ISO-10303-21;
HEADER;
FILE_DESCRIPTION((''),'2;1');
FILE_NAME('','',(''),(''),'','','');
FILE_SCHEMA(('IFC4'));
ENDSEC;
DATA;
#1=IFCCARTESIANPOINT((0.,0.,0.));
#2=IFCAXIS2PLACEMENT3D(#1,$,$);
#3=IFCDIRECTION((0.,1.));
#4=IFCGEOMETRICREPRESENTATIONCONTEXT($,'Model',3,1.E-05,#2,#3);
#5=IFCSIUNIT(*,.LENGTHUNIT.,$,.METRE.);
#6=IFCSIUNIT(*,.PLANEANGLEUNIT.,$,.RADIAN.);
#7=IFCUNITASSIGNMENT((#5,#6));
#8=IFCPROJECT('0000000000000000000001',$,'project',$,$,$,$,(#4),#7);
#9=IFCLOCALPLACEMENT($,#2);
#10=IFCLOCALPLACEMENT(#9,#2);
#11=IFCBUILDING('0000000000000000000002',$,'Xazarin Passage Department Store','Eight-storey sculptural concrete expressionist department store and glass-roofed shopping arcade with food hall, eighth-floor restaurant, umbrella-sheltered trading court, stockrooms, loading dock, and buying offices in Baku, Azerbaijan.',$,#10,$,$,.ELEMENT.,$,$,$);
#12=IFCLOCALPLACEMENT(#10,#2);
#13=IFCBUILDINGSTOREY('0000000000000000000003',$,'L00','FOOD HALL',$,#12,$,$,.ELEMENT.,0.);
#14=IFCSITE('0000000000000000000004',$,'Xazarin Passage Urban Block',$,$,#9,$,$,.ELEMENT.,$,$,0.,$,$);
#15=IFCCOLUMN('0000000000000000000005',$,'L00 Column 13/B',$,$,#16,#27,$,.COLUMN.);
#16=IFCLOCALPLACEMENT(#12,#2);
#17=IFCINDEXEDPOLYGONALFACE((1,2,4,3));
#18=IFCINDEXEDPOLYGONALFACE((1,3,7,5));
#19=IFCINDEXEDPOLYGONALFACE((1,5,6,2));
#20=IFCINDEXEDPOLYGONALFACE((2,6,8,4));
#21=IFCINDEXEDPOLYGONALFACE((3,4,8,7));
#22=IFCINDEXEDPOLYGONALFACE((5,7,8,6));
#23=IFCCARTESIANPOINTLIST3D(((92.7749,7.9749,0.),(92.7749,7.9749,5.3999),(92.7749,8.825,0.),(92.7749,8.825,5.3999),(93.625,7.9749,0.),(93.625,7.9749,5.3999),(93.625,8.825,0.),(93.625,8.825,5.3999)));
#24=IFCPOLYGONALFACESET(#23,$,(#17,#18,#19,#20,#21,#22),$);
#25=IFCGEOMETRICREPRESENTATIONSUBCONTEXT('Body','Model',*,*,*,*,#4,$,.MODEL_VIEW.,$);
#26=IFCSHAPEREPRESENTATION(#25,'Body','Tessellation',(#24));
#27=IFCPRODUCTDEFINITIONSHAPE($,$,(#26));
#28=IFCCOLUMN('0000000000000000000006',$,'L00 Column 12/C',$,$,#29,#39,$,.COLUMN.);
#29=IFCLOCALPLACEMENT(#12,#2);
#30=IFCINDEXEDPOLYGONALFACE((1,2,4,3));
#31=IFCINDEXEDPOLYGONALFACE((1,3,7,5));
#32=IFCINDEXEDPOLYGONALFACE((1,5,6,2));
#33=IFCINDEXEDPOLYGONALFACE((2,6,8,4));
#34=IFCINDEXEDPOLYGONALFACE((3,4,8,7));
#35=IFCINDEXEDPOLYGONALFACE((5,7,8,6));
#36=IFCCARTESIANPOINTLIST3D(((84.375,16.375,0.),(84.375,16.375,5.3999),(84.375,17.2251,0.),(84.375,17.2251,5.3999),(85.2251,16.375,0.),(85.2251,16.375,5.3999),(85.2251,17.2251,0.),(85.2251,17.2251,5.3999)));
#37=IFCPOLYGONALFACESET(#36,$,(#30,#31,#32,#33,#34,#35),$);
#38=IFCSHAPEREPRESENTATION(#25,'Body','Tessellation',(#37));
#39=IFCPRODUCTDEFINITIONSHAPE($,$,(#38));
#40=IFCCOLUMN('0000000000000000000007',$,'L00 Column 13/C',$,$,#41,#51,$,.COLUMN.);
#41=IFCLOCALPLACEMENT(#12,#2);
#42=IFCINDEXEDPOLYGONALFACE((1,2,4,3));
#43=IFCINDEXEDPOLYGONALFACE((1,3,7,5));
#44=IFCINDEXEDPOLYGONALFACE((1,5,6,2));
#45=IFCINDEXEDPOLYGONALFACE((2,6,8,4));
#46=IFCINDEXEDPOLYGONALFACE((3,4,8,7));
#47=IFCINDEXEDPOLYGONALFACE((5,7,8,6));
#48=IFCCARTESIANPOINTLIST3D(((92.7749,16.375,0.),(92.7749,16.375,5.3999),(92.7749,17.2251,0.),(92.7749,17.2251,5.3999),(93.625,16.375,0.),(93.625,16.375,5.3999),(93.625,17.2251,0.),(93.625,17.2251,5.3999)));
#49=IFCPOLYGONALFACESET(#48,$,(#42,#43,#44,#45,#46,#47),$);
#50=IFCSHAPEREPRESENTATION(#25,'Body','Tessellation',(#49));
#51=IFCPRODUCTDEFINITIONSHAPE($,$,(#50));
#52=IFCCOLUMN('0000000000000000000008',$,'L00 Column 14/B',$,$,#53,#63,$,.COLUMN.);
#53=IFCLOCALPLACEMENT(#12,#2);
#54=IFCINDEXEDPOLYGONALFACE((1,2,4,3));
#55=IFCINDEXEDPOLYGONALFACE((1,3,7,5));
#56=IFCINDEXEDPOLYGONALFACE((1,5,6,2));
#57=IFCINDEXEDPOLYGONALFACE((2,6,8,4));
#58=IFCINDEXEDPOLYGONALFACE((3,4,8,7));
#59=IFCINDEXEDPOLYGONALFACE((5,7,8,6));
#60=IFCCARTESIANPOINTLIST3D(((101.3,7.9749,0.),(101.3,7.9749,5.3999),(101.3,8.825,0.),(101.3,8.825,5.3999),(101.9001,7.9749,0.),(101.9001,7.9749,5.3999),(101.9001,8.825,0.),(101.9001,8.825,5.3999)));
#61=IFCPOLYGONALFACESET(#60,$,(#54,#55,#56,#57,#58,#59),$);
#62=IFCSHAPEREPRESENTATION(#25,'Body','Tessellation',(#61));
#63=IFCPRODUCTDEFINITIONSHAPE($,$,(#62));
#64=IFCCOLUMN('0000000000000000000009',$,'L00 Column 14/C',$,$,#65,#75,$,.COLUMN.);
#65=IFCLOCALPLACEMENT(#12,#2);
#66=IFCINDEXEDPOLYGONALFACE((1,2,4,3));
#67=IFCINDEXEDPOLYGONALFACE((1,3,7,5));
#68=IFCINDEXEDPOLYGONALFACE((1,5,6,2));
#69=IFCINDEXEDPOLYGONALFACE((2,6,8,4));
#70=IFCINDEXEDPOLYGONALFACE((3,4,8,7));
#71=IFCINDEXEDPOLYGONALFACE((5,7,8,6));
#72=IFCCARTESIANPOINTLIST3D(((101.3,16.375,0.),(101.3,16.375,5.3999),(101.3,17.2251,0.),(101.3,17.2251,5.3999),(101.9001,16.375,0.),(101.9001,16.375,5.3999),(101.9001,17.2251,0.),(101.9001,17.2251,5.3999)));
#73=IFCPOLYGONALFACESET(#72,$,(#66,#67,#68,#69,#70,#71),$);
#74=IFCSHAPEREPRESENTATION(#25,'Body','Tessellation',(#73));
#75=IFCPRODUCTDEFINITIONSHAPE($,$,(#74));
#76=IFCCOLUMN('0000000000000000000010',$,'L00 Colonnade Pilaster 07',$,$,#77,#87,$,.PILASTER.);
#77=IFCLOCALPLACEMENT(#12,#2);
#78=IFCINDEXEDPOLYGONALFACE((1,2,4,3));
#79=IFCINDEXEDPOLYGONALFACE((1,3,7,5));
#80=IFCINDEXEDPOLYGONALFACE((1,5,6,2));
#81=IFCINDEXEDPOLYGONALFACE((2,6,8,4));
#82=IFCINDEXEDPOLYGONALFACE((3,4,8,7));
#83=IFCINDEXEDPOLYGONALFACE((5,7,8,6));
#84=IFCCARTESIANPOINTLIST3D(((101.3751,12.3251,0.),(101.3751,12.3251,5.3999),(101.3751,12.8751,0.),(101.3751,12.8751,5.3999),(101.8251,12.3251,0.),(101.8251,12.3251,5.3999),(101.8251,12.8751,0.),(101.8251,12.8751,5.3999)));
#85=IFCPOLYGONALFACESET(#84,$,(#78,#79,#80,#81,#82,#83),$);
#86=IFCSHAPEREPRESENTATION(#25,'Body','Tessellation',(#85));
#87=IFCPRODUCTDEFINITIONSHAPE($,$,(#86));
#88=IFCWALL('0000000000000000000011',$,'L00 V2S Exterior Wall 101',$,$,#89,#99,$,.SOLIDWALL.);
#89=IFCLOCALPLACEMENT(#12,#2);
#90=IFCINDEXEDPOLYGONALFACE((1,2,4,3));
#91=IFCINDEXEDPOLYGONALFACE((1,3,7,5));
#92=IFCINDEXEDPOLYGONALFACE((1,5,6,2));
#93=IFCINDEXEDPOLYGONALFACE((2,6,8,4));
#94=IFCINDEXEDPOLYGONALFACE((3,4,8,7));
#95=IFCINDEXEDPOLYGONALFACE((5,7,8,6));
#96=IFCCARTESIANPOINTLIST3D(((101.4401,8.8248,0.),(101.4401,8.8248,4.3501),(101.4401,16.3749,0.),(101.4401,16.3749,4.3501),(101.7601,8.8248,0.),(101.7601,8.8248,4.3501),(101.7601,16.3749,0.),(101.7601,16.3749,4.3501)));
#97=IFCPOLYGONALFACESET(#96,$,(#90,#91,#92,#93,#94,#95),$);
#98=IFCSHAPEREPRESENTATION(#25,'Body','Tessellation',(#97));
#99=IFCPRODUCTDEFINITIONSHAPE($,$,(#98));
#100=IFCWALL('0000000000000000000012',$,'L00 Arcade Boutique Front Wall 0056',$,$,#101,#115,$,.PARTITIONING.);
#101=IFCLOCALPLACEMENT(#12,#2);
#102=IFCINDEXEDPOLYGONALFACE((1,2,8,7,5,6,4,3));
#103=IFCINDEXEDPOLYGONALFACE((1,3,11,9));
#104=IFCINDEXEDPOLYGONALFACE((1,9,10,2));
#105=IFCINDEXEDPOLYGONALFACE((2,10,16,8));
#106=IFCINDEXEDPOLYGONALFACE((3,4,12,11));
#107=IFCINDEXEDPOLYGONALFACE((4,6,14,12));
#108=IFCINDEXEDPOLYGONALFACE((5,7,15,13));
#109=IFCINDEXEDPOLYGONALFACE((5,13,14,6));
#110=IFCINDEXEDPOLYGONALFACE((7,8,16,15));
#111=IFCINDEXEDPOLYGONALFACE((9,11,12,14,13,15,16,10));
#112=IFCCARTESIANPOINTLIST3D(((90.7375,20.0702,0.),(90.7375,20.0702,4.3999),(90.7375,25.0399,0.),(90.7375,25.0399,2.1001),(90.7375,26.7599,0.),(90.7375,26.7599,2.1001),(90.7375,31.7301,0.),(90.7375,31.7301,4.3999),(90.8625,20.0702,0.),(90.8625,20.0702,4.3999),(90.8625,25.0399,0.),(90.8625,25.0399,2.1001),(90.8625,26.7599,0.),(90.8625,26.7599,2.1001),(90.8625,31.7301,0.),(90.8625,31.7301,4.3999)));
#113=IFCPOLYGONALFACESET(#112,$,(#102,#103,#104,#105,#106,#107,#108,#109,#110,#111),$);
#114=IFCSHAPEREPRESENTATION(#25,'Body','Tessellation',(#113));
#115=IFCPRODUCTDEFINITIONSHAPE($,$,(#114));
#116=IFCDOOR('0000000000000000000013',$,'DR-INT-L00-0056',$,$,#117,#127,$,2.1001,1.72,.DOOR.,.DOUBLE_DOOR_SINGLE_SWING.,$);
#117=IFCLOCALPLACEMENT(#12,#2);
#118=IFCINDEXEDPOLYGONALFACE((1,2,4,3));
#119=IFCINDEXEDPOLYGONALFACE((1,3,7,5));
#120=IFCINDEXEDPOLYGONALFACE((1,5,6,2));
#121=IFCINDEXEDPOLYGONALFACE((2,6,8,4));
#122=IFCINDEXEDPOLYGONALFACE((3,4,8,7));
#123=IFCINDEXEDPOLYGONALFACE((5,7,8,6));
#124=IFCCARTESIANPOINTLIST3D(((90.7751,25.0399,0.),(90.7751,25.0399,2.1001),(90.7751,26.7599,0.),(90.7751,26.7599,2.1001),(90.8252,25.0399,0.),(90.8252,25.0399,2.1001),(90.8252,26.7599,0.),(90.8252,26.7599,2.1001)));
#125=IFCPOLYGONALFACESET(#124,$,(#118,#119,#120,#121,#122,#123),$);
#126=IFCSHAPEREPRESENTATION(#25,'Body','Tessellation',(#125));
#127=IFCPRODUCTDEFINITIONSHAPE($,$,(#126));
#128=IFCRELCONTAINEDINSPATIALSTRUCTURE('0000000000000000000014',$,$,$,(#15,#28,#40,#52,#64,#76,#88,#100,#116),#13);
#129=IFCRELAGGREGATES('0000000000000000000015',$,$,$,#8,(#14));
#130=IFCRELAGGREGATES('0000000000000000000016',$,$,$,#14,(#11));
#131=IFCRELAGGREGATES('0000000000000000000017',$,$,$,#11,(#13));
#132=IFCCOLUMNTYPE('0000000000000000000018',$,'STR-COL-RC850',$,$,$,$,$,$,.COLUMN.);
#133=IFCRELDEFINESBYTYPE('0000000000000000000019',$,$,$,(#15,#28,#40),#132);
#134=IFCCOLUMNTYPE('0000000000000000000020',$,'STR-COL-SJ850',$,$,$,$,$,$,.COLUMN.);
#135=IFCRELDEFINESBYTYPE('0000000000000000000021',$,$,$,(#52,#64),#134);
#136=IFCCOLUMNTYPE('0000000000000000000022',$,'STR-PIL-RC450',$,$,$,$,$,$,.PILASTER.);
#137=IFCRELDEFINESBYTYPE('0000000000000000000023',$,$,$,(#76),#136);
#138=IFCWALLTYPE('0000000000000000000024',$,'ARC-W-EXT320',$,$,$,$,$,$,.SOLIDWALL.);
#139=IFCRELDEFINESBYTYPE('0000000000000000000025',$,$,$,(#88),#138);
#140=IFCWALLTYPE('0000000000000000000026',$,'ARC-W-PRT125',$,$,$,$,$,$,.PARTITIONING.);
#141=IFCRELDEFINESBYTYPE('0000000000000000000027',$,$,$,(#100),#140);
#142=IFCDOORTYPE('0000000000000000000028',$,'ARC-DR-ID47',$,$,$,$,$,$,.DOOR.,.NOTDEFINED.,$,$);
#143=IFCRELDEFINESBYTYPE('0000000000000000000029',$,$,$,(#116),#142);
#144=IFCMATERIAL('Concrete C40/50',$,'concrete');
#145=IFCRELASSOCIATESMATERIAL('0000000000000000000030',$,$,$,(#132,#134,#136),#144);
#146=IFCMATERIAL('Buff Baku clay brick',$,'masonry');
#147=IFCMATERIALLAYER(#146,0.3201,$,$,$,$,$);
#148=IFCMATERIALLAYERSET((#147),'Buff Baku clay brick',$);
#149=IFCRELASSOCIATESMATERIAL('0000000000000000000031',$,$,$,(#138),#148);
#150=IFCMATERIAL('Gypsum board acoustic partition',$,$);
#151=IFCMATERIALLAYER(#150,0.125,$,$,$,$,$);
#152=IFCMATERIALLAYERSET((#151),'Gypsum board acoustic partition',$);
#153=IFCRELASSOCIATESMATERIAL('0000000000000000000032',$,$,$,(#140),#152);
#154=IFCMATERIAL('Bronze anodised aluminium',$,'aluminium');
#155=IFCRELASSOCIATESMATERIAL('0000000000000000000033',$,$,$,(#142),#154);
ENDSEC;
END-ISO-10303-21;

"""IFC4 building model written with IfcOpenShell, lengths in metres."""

from ifc_helpers import new_model, si_unit, direction, frame, frame_2d, origin, origin_2d, place, context, subcontext, project, spatial, rectangle, extrude, material, layer, layer_set, material_profile, profile_set, type_object, element, fill, save


model = new_model("IFC4")

# Units and contexts
model_context = context("Model", 3, precision=1e-05, world=origin(), true_north=direction((0.0, 1.0)))
body_context = subcontext(model_context, "Body", "Model", "MODEL_VIEW")
ifc_project = project(units=[si_unit("LENGTHUNIT", "METRE"), si_unit("PLANEANGLEUNIT", "RADIAN")], contexts=[model_context])

# Site, building, storey
site_placement = place(None, origin())
site = spatial("IfcSite", under=ifc_project, at=site_placement, Name="Xazarin Passage Urban Block", CompositionType="ELEMENT", RefElevation=0.0)
building_placement = place(site_placement, origin())
building = spatial("IfcBuilding", under=site, at=building_placement, Name="Xazarin Passage Department Store", Description="Eight-storey sculptural concrete expressionist department store and glass-roofed shopping arcade with food hall, eighth-floor restaurant, umbrella-sheltered trading court, stockrooms, loading dock, and buying offices in Baku, Azerbaijan.", CompositionType="ELEMENT")
storey_placement = place(building_placement, origin())
storey = spatial("IfcBuildingStorey", under=building, at=storey_placement, Name="L00", Description="FOOD HALL", CompositionType="ELEMENT", Elevation=0.0)

# Columns
ifc_material_1 = material(Name="Concrete C40/50", Category="concrete")
ifc_material_profile_1 = material_profile(ifc_material_1, rectangle(XDim=0.8501, YDim=0.8501, at=origin_2d()), Name="RC 850x850")
ifc_profile_set_1 = profile_set([ifc_material_profile_1], Name="Concrete C40/50")
column_type_1 = type_object("IfcColumnType", Name="STR-COL-RC850", PredefinedType="COLUMN", material=ifc_profile_set_1)
for number, where, z_axis, x_axis, name in (
    (1, (93.2, 8.3999, 0.0), (0.0, 0.0, 1.0), (1.0, 0.0, 0.0), "L00 Column 13/B"),
    (2, (84.8, 16.8, 0.0), (0.0, 0.0, 1.0), (1.0, 0.0, 0.0), "L00 Column 12/C"),
    (3, (93.2, 16.8, 0.0), (0.0, 0.0, 1.0), (1.0, 0.0, 0.0), "L00 Column 13/C"),
):
    element("IfcColumn", number, at=place(storey_placement, frame(where, z_axis=z_axis, x_axis=x_axis)), inside=storey, type_object=column_type_1, Name=name, PredefinedType="COLUMN", context=body_context, shape_type="SweptSolid", body=[
        extrude(rectangle(XDim=0.8501, YDim=0.8501, at=origin_2d()), origin(), (0.0, 0.0, 1.0), 5.3999),
    ])
ifc_material_profile_2 = material_profile(ifc_material_1, rectangle(XDim=0.6001, YDim=0.8501, at=origin_2d()), Name="RC 600x850")
ifc_profile_set_2 = profile_set([ifc_material_profile_2], Name="Concrete C40/50")
column_type_2 = type_object("IfcColumnType", Name="STR-COL-SJ850", PredefinedType="COLUMN", material=ifc_profile_set_2)
for number, where, z_axis, x_axis, name in (
    (4, (101.6001, 8.3999, 0.0), (0.0, 0.0, 1.0), (1.0, 0.0, 0.0), "L00 Column 14/B"),
    (5, (101.6001, 16.8, 0.0), (0.0, 0.0, 1.0), (1.0, 0.0, 0.0), "L00 Column 14/C"),
):
    element("IfcColumn", number, at=place(storey_placement, frame(where, z_axis=z_axis, x_axis=x_axis)), inside=storey, type_object=column_type_2, Name=name, PredefinedType="COLUMN", context=body_context, shape_type="SweptSolid", body=[
        extrude(rectangle(XDim=0.6001, YDim=0.8501, at=origin_2d()), origin(), (0.0, 0.0, 1.0), 5.3999),
    ])
ifc_material_profile_3 = material_profile(ifc_material_1, rectangle(XDim=0.45, YDim=0.55, at=origin_2d()), Name="RC 450x550")
ifc_profile_set_3 = profile_set([ifc_material_profile_3], Name="Concrete C40/50")
column_type_3 = type_object("IfcColumnType", Name="STR-PIL-RC450", PredefinedType="PILASTER", material=ifc_profile_set_3)
column_placement = place(storey_placement, frame((101.6001, 12.6001, 0.0), z_axis=(0.0, 0.0, 1.0), x_axis=(1.0, 0.0, 0.0)))
element("IfcColumn", 6, at=column_placement, inside=storey, type_object=column_type_3, Name="L00 Colonnade Pilaster 07", PredefinedType="PILASTER", context=body_context, shape_type="SweptSolid", body=[
    extrude(rectangle(XDim=0.45, YDim=0.55, at=origin_2d()), origin(), (0.0, 0.0, 1.0), 5.3999),
])

# Wall
ifc_material_2 = material(Name="Buff Baku clay brick", Category="masonry")
ifc_layer_1 = layer(ifc_material_2, 0.3201)
ifc_layer_set_1 = layer_set([ifc_layer_1], Name="Buff Baku clay brick")
wall_type_1 = type_object("IfcWallType", Name="ARC-W-EXT320", PredefinedType="SOLIDWALL", material=ifc_layer_set_1)
wall_1_placement = place(storey_placement, frame((101.6001, 8.825, 0.0), z_axis=(0.0, 0.0, 1.0), x_axis=(0.0, 1.0, 0.0)))
element("IfcWall", 7, at=wall_1_placement, inside=storey, type_object=wall_type_1, Name="L00 V2S Exterior Wall 101", PredefinedType="SOLIDWALL", context=body_context, shape_type="SweptSolid", body=[
    extrude(rectangle(XDim=7.55, YDim=0.3201, at=frame_2d((3.7749, 0.0))), origin(), (0.0, 0.0, 1.0), 4.3501),
])

# Wall, opening, door
ifc_material_3 = material(Name="Gypsum board acoustic partition")
ifc_layer_2 = layer(ifc_material_3, 0.125)
ifc_layer_set_2 = layer_set([ifc_layer_2], Name="Gypsum board acoustic partition")
wall_type_2 = type_object("IfcWallType", Name="ARC-W-PRT125", PredefinedType="PARTITIONING", material=ifc_layer_set_2)
wall_2_placement = place(storey_placement, frame((90.8, 20.0701, 0.0), z_axis=(0.0, 0.0, 1.0), x_axis=(0.0, 1.0, 0.0)))
wall_2 = element("IfcWall", 8, at=wall_2_placement, inside=storey, type_object=wall_type_2, Name="L00 Arcade Boutique Front Wall 0056", PredefinedType="PARTITIONING", context=body_context, shape_type="SweptSolid", body=[
    extrude(rectangle(XDim=11.6599, YDim=0.125, at=frame_2d((5.8301, 0.0))), origin(), (0.0, 0.0, 1.0), 4.3999),
])
opening_placement = place(wall_2_placement, frame((4.97, 0.0, 0.0)))
opening = element("IfcOpeningElement", 9, at=opening_placement, cuts=wall_2, PredefinedType="OPENING", context=body_context, shape_type="SweptSolid", body=[
    extrude(rectangle(XDim=1.72, YDim=2.1001, at=frame_2d((0.8599, 1.05))), frame((0.0, 0.0725, 0.0), z_axis=(0.0, -1.0, 0.0), x_axis=(1.0, 0.0, 0.0)), (0.0, 0.0, 1.0), 0.145),
])
ifc_material_4 = material(Name="Bronze anodised aluminium", Category="aluminium")
door_type = type_object("IfcDoorType", Name="ARC-DR-ID47", OperationType="NOTDEFINED", PredefinedType="DOOR", material=ifc_material_4)
door_placement = place(opening_placement, origin())
door = element("IfcDoor", 10, at=door_placement, inside=storey, type_object=door_type, Name="DR-INT-L00-0056", OperationType="DOUBLE_DOOR_SINGLE_SWING", OverallHeight=2.1001, OverallWidth=1.72, PredefinedType="DOOR", context=body_context, shape_type="SweptSolid", body=[
    extrude(rectangle(XDim=1.72, YDim=2.1001, at=frame_2d((0.8599, 1.05))), frame((0.0, 0.0249, 0.0), z_axis=(0.0, -1.0, 0.0), x_axis=(1.0, 0.0, 0.0)), (0.0, 0.0, 1.0), 0.05),
])
fill(opening, door)

save(model, "model.ifc")
